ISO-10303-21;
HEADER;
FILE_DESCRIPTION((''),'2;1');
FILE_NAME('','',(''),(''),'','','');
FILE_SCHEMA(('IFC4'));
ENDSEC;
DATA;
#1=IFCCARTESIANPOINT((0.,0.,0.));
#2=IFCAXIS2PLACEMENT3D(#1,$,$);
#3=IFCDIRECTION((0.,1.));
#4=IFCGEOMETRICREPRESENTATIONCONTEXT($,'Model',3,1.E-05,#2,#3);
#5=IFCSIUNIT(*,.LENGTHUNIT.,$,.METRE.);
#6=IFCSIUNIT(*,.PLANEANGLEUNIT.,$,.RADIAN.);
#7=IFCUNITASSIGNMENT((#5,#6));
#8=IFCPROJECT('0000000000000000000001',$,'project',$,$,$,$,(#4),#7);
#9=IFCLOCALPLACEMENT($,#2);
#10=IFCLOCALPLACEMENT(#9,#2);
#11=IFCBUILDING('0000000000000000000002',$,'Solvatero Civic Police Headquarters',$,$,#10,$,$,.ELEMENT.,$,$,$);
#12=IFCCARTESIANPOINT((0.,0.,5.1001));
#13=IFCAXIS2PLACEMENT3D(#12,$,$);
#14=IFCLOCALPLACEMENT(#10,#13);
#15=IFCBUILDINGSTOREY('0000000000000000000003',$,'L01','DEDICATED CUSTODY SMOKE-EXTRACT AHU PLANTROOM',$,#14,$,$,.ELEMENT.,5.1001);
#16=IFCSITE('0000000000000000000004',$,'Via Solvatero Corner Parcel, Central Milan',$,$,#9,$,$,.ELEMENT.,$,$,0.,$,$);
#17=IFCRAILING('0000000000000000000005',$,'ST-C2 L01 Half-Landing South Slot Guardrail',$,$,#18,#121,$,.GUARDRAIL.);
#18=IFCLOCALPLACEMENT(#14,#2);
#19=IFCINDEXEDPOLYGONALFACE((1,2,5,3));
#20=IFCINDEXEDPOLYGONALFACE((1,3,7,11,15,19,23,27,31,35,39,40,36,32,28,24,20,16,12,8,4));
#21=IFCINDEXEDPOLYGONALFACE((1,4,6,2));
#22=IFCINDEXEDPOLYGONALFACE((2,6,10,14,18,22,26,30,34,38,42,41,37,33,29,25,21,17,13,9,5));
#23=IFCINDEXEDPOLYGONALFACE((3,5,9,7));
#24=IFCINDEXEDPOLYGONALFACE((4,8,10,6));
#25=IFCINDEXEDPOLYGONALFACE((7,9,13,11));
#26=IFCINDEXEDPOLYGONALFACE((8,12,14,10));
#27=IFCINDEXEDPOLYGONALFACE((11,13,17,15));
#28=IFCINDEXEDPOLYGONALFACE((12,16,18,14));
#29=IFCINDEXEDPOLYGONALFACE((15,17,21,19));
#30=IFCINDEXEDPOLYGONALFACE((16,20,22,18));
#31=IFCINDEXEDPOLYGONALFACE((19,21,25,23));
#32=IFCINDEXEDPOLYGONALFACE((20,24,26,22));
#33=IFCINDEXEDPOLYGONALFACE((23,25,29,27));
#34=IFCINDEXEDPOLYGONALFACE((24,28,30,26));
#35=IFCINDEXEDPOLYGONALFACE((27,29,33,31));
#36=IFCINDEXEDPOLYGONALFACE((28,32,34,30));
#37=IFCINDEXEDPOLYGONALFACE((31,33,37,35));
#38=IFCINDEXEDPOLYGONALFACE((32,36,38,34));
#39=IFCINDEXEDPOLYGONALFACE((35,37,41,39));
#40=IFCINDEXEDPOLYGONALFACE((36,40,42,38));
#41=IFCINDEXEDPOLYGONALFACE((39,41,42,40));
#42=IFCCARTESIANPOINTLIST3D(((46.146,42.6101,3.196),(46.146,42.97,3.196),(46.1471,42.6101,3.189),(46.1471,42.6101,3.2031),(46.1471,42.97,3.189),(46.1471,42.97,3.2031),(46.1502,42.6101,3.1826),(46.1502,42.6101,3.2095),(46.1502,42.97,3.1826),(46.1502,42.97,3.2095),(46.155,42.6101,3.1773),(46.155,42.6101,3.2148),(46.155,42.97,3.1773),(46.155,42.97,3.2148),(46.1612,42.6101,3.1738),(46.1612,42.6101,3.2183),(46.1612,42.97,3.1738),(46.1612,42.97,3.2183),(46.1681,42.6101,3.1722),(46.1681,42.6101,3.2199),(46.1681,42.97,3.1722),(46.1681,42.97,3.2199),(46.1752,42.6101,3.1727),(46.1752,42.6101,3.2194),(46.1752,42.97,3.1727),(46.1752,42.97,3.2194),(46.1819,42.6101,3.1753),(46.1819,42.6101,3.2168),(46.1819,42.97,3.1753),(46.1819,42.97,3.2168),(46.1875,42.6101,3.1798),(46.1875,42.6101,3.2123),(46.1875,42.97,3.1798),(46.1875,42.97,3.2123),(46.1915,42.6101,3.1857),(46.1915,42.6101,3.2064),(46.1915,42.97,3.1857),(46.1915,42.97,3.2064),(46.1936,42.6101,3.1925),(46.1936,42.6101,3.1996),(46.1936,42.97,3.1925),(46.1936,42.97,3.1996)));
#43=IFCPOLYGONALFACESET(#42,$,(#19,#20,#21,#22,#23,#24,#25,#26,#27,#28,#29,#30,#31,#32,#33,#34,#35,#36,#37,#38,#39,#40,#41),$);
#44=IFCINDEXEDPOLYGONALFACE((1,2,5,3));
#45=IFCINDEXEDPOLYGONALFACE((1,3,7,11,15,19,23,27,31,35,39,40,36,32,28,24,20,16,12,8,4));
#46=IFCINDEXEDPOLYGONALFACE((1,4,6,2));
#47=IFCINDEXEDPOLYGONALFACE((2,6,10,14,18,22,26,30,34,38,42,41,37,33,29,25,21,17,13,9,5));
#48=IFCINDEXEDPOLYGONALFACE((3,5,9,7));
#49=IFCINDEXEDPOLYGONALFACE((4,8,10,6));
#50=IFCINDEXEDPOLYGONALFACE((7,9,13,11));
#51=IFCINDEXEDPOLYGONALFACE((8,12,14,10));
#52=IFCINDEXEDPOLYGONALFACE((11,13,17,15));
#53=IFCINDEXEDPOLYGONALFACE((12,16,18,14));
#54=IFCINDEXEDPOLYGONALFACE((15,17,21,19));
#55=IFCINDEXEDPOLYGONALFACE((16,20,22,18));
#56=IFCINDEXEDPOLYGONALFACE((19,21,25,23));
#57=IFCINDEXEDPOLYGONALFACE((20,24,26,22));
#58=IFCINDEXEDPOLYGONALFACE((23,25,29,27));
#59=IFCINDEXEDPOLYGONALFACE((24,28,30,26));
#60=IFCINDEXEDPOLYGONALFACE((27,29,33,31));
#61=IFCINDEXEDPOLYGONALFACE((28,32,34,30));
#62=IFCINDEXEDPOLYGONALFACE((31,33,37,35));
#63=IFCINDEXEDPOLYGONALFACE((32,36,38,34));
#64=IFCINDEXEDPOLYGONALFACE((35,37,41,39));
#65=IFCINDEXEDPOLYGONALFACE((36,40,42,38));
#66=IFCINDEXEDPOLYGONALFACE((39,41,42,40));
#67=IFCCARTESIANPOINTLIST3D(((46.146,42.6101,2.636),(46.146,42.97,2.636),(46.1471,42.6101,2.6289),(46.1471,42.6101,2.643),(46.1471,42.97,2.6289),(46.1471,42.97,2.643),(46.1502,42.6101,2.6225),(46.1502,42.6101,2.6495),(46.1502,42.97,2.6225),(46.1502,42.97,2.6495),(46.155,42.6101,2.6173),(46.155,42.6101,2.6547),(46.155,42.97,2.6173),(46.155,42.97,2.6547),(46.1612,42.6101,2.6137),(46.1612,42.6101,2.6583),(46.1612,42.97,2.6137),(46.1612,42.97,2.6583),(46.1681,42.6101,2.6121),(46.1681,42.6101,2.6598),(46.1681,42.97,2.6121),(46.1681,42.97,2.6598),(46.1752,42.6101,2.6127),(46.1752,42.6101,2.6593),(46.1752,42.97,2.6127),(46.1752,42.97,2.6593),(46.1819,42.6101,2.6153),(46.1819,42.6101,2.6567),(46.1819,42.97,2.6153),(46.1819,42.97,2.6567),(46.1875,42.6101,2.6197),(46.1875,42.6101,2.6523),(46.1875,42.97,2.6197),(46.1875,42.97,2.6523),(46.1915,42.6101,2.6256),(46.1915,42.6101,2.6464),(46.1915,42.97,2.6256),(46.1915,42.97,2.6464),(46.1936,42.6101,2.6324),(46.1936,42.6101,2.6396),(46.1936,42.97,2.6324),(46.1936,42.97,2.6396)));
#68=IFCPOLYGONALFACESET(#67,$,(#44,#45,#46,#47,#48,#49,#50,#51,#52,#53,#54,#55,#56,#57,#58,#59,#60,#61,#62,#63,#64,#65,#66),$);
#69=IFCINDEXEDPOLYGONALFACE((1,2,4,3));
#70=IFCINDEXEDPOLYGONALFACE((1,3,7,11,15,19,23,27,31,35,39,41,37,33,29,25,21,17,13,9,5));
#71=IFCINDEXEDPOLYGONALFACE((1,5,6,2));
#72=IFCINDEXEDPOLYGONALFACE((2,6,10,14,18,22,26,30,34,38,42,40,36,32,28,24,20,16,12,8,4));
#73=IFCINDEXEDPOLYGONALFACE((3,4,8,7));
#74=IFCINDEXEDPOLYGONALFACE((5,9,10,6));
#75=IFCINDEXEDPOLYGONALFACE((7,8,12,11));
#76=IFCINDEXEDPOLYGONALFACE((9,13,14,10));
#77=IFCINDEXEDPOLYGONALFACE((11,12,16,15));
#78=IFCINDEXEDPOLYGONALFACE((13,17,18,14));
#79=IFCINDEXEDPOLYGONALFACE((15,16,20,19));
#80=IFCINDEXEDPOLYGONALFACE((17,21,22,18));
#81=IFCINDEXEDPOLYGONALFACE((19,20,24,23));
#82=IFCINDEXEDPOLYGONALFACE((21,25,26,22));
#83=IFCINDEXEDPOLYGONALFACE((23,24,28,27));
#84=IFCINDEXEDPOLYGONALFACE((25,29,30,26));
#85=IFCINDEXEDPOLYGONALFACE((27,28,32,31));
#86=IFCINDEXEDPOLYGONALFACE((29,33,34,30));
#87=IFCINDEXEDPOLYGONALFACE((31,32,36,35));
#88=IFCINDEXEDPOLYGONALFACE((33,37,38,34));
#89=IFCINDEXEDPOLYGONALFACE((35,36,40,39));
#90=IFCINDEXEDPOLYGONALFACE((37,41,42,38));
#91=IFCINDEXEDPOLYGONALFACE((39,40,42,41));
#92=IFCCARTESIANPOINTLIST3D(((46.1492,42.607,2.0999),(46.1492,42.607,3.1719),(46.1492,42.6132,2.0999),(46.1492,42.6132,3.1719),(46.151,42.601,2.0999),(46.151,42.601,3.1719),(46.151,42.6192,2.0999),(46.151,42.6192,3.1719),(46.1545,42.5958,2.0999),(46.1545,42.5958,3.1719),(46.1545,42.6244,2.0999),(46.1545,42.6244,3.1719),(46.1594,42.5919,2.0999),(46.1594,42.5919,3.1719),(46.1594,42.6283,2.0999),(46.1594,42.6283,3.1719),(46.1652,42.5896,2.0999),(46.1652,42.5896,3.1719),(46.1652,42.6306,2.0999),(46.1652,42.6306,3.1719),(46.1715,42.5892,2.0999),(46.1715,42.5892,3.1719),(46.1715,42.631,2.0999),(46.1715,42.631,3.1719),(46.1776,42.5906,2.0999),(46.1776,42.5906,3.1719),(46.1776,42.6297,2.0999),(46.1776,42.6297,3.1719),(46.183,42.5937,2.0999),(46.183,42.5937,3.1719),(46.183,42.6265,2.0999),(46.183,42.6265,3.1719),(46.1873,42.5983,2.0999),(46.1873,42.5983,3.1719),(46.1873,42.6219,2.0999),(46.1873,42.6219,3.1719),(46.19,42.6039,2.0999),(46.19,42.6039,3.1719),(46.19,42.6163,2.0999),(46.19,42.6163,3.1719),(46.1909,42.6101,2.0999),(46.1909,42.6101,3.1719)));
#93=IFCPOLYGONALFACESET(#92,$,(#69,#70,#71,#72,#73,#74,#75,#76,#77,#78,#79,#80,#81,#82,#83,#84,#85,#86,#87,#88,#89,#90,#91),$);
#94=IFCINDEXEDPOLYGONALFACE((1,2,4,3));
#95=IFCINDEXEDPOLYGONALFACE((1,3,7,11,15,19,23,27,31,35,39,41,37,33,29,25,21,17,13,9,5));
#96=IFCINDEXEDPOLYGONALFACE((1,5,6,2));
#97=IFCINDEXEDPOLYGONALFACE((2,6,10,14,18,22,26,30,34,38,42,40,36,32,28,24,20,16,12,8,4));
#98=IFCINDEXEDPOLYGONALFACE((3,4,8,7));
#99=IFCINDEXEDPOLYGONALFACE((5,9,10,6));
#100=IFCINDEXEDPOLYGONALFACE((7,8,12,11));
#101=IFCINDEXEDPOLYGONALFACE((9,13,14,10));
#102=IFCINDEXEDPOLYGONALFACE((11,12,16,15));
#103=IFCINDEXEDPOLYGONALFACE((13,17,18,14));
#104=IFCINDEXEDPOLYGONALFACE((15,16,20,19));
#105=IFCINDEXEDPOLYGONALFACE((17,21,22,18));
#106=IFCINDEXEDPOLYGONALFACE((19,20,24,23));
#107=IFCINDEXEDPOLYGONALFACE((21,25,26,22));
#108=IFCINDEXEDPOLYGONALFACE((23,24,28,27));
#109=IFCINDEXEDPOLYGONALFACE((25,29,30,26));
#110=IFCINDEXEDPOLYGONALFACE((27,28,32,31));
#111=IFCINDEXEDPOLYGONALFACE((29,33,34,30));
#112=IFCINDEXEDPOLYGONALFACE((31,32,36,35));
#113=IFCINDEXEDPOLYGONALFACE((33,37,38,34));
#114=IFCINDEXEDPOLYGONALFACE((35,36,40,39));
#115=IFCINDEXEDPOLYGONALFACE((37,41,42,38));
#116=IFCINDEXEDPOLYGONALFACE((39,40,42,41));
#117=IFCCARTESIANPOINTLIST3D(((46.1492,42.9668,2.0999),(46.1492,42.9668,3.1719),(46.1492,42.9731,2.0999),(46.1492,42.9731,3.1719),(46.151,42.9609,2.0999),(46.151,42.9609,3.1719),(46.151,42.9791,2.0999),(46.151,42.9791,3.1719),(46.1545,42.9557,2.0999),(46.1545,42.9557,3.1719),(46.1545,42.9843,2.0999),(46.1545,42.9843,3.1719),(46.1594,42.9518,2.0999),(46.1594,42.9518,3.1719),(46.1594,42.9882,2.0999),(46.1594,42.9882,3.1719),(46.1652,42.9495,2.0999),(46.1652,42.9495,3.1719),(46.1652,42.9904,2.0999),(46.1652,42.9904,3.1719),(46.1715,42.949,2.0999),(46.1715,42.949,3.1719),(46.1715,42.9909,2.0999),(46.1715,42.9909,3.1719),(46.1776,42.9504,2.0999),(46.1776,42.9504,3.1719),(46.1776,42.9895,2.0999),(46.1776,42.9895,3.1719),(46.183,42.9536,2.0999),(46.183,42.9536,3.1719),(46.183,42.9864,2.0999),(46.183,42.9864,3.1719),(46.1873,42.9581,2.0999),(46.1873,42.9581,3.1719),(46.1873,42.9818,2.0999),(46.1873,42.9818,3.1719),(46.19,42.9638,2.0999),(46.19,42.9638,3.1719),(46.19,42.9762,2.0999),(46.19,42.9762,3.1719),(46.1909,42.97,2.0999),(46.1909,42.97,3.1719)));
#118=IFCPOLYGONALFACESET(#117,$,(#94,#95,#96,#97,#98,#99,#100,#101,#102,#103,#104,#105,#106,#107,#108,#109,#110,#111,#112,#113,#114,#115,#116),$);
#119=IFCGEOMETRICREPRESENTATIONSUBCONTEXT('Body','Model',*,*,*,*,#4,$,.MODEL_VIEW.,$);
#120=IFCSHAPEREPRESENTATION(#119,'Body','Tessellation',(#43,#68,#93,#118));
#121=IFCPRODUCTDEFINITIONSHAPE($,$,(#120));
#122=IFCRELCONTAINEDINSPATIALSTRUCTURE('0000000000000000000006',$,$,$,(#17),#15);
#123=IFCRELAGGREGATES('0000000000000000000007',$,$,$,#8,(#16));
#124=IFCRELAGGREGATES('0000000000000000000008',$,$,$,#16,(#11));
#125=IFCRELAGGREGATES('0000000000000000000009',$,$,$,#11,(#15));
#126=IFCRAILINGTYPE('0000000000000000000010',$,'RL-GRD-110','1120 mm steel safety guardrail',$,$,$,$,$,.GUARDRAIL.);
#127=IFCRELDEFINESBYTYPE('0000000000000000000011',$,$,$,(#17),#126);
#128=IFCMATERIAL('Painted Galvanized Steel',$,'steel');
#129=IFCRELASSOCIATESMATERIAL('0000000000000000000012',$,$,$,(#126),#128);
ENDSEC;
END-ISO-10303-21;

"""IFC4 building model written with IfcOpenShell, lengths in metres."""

from ifc_helpers import new_model, si_unit, direction, frame, origin, origin_2d, place, context, subcontext, project, spatial, circle, extrude, material, type_object, element, save


model = new_model("IFC4")

# Units and contexts
model_context = context("Model", 3, precision=1e-05, world=origin(), true_north=direction((0.0, 1.0)))
body_context = subcontext(model_context, "Body", "Model", "MODEL_VIEW")
ifc_project = project(units=[si_unit("LENGTHUNIT", "METRE"), si_unit("PLANEANGLEUNIT", "RADIAN")], contexts=[model_context])

# Site, building, storey
site_placement = place(None, origin())
site = spatial("IfcSite", under=ifc_project, at=site_placement, Name="Via Solvatero Corner Parcel, Central Milan", CompositionType="ELEMENT", RefElevation=0.0)
building_placement = place(site_placement, origin())
building = spatial("IfcBuilding", under=site, at=building_placement, Name="Solvatero Civic Police Headquarters", CompositionType="ELEMENT")
storey_placement = place(building_placement, frame((0.0, 0.0, 5.1001)))
storey = spatial("IfcBuildingStorey", under=building, at=storey_placement, Name="L01", Description="DEDICATED CUSTODY SMOKE-EXTRACT AHU PLANTROOM", CompositionType="ELEMENT", Elevation=5.1001)

# Railing
ifc_material_1 = material(Name="Painted Galvanized Steel", Category="steel")
railing_type_1 = type_object("IfcRailingType", Name="RL-GRD-110", Description="1120 mm steel safety guardrail", PredefinedType="GUARDRAIL", material=ifc_material_1)
for number, where, name in (
    (1, (46.1699, 42.6101, 2.0999), "ST-C2 L01 Half-Landing South Slot Guardrail"),
):
    element("IfcRailing", number, at=place(storey_placement, frame(where)), inside=storey, type_object=railing_type_1, Name=name, PredefinedType="GUARDRAIL", context=body_context, shape_type="SweptSolid", body=[
        extrude(circle(Radius=0.0239, at=origin_2d()), frame((0.0, 0.0, 1.0962), z_axis=(0.0, 1.0, 0.0), x_axis=(-1.0, 0.0, 0.0)), (0.0, 0.0, 1.0), 0.3599),
        extrude(circle(Radius=0.0239, at=origin_2d()), frame((0.0, 0.0, 0.5361), z_axis=(0.0, 1.0, 0.0), x_axis=(-1.0, 0.0, 0.0)), (0.0, 0.0, 1.0), 0.3599),
        extrude(circle(Radius=0.021, at=origin_2d()), origin(), (0.0, 0.0, 1.0), 1.072),
        extrude(circle(Radius=0.021, at=origin_2d()), frame((0.0, 0.3599, 0.0)), (0.0, 0.0, 1.0), 1.072),
    ])

save(model, "model.ifc")
